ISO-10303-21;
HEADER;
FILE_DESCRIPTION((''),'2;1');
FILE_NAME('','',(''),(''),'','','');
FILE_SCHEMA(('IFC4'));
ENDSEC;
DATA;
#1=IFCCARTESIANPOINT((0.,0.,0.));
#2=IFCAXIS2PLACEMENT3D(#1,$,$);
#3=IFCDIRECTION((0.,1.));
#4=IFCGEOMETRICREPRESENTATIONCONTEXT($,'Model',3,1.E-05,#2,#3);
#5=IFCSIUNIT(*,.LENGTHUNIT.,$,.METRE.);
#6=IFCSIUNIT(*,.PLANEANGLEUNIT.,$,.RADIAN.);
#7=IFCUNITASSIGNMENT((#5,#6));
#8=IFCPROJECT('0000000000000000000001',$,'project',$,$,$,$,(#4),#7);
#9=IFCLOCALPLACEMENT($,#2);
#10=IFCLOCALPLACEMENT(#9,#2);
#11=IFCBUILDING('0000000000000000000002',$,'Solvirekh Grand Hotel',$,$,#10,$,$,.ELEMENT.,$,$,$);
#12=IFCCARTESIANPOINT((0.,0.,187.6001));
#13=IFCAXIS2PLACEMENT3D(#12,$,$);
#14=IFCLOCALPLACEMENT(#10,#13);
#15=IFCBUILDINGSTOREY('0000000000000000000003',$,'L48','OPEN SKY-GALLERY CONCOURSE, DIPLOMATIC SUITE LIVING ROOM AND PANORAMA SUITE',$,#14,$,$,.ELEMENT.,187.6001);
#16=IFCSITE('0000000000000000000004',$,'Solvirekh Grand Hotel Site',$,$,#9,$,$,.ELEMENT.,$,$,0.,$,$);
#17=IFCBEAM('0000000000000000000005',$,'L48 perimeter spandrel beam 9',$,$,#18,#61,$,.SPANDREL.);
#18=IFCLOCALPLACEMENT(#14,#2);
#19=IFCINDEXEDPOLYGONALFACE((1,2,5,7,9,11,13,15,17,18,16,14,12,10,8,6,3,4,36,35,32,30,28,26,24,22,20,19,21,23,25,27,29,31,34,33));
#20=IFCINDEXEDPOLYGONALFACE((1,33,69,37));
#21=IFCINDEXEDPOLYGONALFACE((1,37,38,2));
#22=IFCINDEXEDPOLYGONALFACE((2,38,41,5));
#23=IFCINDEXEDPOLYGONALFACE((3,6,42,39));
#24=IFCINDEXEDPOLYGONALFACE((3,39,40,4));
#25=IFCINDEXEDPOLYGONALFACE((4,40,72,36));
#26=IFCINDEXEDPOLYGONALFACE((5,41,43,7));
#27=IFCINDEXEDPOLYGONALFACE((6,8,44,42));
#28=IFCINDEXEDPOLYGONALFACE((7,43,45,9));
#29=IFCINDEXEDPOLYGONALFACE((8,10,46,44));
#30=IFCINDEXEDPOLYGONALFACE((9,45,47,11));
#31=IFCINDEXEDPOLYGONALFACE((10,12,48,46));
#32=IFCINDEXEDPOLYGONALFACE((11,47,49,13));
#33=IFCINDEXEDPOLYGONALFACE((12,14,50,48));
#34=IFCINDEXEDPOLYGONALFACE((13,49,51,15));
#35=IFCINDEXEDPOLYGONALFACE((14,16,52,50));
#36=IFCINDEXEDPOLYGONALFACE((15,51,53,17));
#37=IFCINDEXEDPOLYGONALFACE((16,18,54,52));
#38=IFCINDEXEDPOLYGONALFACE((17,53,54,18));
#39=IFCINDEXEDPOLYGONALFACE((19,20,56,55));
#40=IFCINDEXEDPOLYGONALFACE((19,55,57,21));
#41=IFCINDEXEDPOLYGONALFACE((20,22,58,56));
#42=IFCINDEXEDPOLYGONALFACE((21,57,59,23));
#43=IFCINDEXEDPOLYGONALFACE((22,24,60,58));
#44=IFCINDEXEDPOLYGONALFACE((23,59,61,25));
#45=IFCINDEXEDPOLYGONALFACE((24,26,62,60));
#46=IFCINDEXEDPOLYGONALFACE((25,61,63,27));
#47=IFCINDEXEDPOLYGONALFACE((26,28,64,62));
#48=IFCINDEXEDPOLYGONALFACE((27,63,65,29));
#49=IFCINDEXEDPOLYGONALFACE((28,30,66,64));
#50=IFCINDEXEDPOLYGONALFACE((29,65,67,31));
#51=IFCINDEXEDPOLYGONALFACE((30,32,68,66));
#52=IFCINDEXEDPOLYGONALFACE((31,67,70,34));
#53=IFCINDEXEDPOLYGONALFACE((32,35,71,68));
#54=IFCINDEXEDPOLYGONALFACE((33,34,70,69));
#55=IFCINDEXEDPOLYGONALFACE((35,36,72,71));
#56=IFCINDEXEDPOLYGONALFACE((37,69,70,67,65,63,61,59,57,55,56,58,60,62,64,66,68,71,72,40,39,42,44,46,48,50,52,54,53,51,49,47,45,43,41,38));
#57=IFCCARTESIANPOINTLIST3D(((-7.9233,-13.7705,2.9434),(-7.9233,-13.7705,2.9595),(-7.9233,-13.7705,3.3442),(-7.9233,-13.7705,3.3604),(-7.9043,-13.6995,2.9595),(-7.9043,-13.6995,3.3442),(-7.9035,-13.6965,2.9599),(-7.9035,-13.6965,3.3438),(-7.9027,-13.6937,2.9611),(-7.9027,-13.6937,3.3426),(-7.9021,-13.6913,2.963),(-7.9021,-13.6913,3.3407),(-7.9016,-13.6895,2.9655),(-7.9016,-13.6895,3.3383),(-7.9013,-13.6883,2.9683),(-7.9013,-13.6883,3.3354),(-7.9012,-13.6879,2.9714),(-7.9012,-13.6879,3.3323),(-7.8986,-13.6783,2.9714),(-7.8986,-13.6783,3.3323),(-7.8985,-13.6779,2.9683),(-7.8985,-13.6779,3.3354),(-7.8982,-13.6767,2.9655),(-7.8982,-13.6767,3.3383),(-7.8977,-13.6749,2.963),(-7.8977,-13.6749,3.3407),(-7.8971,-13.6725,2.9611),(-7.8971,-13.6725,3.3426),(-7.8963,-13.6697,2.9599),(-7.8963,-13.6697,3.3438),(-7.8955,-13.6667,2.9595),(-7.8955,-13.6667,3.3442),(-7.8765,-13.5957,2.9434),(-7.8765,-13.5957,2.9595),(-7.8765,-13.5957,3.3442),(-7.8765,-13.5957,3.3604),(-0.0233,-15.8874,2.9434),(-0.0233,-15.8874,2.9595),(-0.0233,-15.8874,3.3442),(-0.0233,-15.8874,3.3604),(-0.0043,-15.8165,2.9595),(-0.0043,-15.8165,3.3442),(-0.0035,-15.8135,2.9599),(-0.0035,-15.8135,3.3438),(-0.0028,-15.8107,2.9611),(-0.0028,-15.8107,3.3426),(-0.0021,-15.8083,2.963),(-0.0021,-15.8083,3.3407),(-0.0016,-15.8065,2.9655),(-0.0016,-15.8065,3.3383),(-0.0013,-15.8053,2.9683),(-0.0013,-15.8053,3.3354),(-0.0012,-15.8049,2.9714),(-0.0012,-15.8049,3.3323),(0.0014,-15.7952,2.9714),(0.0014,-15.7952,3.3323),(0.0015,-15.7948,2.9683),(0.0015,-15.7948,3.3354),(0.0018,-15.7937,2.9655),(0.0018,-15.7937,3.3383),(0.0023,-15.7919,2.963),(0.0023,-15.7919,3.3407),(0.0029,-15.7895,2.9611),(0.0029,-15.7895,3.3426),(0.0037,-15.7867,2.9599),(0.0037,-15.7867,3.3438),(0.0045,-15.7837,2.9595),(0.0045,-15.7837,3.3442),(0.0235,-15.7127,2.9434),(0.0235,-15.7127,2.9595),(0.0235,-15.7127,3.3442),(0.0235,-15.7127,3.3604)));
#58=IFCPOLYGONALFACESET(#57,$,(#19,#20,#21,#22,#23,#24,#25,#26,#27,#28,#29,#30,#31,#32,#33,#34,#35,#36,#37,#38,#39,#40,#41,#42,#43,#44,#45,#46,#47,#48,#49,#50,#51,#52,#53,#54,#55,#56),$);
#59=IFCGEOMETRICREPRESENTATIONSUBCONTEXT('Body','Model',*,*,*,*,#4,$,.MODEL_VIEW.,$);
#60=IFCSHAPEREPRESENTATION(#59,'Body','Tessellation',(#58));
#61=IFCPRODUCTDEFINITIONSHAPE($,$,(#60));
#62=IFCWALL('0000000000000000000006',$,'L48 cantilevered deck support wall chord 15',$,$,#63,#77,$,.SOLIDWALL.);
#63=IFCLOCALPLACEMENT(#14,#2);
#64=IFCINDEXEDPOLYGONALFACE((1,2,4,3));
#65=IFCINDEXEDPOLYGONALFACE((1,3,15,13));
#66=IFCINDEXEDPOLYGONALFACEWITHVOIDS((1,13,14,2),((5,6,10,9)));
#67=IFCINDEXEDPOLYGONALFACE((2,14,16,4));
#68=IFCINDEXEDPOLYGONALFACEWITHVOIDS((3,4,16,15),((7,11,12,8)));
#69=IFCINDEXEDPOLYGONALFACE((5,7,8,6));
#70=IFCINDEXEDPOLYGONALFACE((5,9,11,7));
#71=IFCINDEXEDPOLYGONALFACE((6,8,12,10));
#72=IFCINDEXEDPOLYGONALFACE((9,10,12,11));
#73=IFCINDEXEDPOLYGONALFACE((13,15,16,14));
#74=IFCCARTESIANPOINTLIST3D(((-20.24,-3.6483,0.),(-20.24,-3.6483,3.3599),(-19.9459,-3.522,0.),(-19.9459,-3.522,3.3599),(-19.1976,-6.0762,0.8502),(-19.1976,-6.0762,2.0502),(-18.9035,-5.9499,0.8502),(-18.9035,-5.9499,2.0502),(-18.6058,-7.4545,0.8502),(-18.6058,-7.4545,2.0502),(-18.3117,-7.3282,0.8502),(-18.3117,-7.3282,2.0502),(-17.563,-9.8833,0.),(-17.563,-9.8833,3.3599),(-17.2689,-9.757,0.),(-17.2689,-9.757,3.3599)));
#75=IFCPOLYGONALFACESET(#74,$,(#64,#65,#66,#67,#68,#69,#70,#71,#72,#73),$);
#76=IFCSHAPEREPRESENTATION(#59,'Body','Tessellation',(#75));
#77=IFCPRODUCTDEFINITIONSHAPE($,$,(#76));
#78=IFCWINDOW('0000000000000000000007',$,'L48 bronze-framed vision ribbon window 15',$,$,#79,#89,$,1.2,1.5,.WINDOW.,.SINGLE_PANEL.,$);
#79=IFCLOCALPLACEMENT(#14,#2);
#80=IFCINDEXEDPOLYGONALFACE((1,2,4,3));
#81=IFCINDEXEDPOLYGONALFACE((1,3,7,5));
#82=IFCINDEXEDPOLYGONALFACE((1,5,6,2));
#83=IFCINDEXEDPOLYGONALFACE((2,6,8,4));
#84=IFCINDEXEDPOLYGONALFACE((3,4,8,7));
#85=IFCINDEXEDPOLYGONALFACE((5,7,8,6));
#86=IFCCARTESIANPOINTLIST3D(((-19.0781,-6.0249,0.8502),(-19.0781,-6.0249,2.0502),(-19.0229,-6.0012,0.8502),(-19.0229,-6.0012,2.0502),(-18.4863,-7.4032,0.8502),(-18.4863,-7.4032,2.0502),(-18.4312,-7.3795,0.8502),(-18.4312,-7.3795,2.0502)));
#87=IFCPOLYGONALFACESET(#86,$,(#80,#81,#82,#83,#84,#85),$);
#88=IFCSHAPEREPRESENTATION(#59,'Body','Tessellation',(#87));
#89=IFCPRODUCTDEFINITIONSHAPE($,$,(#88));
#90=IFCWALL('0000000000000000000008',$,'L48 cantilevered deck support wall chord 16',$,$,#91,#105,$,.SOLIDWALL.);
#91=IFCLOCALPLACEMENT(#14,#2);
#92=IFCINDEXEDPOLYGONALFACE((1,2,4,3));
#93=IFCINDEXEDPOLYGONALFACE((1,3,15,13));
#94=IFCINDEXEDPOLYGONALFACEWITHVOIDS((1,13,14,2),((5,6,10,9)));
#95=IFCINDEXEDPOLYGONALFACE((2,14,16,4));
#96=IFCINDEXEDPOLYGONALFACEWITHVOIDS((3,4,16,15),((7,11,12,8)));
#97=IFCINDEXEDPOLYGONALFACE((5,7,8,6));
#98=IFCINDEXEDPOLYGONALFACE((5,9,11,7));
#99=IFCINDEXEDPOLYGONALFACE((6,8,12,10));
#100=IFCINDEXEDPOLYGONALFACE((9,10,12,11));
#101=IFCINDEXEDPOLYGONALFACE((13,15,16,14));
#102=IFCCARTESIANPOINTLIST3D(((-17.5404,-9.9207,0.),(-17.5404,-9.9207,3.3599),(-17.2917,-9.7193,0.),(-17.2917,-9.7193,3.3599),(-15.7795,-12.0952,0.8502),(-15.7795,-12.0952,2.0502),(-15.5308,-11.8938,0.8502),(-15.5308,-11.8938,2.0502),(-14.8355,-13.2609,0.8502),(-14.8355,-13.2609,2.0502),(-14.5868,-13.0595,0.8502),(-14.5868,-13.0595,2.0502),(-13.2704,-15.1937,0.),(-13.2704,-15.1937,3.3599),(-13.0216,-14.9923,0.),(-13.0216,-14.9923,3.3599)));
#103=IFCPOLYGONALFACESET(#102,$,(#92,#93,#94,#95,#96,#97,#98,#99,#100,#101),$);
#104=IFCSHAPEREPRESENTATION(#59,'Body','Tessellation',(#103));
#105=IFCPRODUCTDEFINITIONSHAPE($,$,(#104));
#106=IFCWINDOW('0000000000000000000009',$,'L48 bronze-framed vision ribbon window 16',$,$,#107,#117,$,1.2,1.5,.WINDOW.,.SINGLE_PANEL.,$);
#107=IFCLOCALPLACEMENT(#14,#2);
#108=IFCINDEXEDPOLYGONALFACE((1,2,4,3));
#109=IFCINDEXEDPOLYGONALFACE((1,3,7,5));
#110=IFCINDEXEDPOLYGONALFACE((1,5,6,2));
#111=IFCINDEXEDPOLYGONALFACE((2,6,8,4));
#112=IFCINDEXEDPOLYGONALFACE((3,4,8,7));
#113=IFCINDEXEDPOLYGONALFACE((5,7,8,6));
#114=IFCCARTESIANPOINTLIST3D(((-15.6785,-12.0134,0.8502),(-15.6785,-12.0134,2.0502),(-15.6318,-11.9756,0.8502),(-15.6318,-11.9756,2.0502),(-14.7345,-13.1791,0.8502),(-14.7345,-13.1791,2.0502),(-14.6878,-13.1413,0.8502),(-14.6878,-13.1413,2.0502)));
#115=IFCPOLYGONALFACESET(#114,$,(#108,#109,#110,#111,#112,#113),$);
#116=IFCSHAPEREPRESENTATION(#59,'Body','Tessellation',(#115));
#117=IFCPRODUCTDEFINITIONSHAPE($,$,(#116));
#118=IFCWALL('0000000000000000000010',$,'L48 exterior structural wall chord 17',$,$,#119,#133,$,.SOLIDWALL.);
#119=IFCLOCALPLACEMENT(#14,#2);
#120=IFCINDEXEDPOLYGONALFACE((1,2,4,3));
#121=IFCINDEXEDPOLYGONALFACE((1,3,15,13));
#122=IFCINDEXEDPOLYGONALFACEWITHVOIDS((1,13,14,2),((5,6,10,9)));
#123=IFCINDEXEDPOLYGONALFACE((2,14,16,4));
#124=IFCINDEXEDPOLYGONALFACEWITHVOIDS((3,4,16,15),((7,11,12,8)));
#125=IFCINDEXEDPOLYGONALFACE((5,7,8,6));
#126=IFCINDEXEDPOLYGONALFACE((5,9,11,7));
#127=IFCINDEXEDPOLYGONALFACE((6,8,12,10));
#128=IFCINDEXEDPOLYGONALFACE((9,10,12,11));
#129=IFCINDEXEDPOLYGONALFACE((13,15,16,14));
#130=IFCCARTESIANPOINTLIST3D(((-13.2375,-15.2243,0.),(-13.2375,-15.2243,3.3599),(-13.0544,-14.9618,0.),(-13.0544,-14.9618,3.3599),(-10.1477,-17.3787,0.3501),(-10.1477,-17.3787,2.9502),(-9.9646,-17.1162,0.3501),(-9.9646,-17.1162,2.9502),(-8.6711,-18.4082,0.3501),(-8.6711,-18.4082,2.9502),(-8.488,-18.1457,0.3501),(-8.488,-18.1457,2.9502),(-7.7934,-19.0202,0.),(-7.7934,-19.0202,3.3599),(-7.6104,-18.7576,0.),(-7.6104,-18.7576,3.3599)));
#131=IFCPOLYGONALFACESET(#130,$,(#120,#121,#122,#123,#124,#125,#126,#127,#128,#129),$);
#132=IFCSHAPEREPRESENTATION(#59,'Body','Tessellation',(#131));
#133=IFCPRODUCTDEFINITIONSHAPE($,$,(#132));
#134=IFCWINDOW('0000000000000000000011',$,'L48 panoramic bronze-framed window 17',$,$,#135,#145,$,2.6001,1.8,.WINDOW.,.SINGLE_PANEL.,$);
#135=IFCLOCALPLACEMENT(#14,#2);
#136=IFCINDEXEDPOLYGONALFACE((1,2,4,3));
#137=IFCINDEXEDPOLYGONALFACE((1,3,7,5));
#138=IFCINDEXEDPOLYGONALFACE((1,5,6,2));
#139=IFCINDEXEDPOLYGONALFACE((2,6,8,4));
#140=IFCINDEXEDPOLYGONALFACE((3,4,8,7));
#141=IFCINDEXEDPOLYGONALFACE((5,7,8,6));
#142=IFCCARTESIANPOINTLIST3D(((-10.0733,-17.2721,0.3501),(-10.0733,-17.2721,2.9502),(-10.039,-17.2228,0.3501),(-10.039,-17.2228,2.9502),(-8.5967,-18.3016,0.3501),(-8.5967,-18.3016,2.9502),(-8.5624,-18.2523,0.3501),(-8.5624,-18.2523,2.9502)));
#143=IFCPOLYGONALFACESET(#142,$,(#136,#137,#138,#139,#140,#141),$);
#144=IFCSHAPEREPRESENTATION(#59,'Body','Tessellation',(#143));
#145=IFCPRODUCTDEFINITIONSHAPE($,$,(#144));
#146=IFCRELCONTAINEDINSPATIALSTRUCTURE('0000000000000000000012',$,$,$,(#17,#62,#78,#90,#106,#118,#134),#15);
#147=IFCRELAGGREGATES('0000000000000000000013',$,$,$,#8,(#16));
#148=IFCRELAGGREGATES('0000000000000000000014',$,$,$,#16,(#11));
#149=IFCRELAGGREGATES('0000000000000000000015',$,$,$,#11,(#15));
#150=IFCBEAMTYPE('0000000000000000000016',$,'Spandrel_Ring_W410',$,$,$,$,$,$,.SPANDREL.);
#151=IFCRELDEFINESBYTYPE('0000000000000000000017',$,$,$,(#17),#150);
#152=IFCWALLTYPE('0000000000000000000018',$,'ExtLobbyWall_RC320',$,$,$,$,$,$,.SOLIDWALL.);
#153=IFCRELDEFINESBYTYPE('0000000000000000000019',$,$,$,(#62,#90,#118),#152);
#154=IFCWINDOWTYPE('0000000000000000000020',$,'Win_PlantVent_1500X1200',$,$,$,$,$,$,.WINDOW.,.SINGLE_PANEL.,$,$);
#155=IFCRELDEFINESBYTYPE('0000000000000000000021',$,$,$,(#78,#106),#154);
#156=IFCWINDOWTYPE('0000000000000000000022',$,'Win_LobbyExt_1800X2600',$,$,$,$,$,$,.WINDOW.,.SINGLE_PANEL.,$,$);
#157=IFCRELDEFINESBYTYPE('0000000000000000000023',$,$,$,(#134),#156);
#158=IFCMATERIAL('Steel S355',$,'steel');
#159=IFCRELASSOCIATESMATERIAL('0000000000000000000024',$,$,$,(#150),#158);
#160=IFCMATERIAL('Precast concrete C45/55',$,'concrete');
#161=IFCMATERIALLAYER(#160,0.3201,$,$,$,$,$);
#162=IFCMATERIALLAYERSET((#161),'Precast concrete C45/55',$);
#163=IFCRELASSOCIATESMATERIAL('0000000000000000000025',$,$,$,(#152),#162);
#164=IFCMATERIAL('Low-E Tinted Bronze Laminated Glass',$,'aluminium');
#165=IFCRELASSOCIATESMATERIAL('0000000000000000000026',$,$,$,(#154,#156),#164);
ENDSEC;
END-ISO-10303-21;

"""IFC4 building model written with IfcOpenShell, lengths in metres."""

from ifc_helpers import new_model, si_unit, direction, frame, frame_2d, origin, origin_2d, place, context, subcontext, project, spatial, rectangle, i_section, extrude, material, layer, layer_set, material_profile, profile_set, type_object, element, fill, save


model = new_model("IFC4")

# Units and contexts
model_context = context("Model", 3, precision=1e-05, world=origin(), true_north=direction((0.0, 1.0)))
body_context = subcontext(model_context, "Body", "Model", "MODEL_VIEW")
ifc_project = project(units=[si_unit("LENGTHUNIT", "METRE"), si_unit("PLANEANGLEUNIT", "RADIAN")], contexts=[model_context])

# Site, building, storey
site_placement = place(None, origin())
site = spatial("IfcSite", under=ifc_project, at=site_placement, Name="Solvirekh Grand Hotel Site", CompositionType="ELEMENT", RefElevation=0.0)
building_placement = place(site_placement, origin())
building = spatial("IfcBuilding", under=site, at=building_placement, Name="Solvirekh Grand Hotel", CompositionType="ELEMENT")
storey_placement = place(building_placement, frame((0.0, 0.0, 187.6001)))
storey = spatial("IfcBuildingStorey", under=building, at=storey_placement, Name="L48", Description="OPEN SKY-GALLERY CONCOURSE, DIPLOMATIC SUITE LIVING ROOM AND PANORAMA SUITE", CompositionType="ELEMENT", Elevation=187.6001)

# Beam
ifc_material_1 = material(Name="Steel S355", Category="steel")
ifc_material_profile_1 = material_profile(ifc_material_1, i_section(OverallWidth=0.1809, OverallDepth=0.417, WebThickness=0.01, FlangeThickness=0.0161, FilletRadius=0.012, at=origin_2d()), Name="W410X85")
ifc_profile_set_1 = profile_set([ifc_material_profile_1], Name="Steel S355")
beam_type_1 = type_object("IfcBeamType", Name="Spandrel_Ring_W410", PredefinedType="SPANDREL", material=ifc_profile_set_1)
for number, where, z_axis, x_axis, name in (
    (1, (-7.8999, -13.6831, 3.1519), (0.965921, -0.258839, 0.0), (0.258839, 0.965921, 0.0), "L48 perimeter spandrel beam 9"),
):
    element("IfcBeam", number, at=place(storey_placement, frame(where, z_axis=z_axis, x_axis=x_axis)), inside=storey, type_object=beam_type_1, Name=name, PredefinedType="SPANDREL", context=body_context, shape_type="SweptSolid", body=[
        extrude(i_section(OverallWidth=0.1809, OverallDepth=0.417, WebThickness=0.01, FlangeThickness=0.0161, FilletRadius=0.012, at=origin_2d()), origin(), (0.0, 0.0, 1.0), 8.1787),
    ])

# Walls, openings, windows
ifc_material_2 = material(Name="Precast concrete C45/55", Category="concrete")
ifc_layer_1 = layer(ifc_material_2, 0.3201)
ifc_layer_set_1 = layer_set([ifc_layer_1], Name="Precast concrete C45/55")
wall_type_1 = type_object("IfcWallType", Name="ExtLobbyWall_RC320", PredefinedType="SOLIDWALL", material=ifc_layer_set_1)
wall_1_placement = place(storey_placement, frame((-17.416, -9.8201, 0.0), z_axis=(0.0, 0.0, 1.0), x_axis=(-0.394518, 0.918888, 0.0)))
wall_1 = element("IfcWall", 2, at=wall_1_placement, inside=storey, type_object=wall_type_1, Name="L48 cantilevered deck support wall chord 15", PredefinedType="SOLIDWALL", context=body_context, shape_type="SweptSolid", body=[
    extrude(rectangle(XDim=6.7854, YDim=0.3201, at=frame_2d((3.3926, 0.0))), origin(), (0.0, 0.0, 1.0), 3.3599),
])
opening_1_placement = place(wall_1_placement, frame((2.6431, 0.0, 0.8501)))
opening_1 = element("IfcOpeningElement", 3, at=opening_1_placement, cuts=wall_1, PredefinedType="OPENING", context=body_context, shape_type="SweptSolid", body=[
    extrude(rectangle(XDim=1.5, YDim=1.2, at=frame_2d((0.75, 0.6001))), frame((0.0, 0.1699, 0.0), z_axis=(0.0, -1.0, 0.0), x_axis=(1.0, 0.0, 0.0)), (0.0, 0.0, 1.0), 0.3401),
])
ifc_material_3 = material(Name="Low-E Tinted Bronze Laminated Glass", Category="aluminium")
window_type_1 = type_object("IfcWindowType", Name="Win_PlantVent_1500X1200", PartitioningType="SINGLE_PANEL", PredefinedType="WINDOW", material=ifc_material_3)
window_1_placement = place(opening_1_placement, origin())
window_1 = element("IfcWindow", 4, at=window_1_placement, inside=storey, type_object=window_type_1, Name="L48 bronze-framed vision ribbon window 15", OverallHeight=1.2, OverallWidth=1.5, PartitioningType="SINGLE_PANEL", PredefinedType="WINDOW", context=body_context, shape_type="SweptSolid", body=[
    extrude(rectangle(XDim=1.5, YDim=1.2, at=frame_2d((0.75, 0.6001))), frame((0.0, 0.03, 0.0), z_axis=(0.0, -1.0, 0.0), x_axis=(1.0, 0.0, 0.0)), (0.0, 0.0, 1.0), 0.0601),
])
fill(opening_1, window_1)
wall_2_placement = place(storey_placement, frame((-13.146, -15.093, 0.0), z_axis=(0.0, 0.0, 1.0), x_axis=(-0.629327, 0.777141, 0.0)))
wall_2 = element("IfcWall", 5, at=wall_2_placement, inside=storey, type_object=wall_type_1, Name="L48 cantilevered deck support wall chord 16", PredefinedType="SOLIDWALL", context=body_context, shape_type="SweptSolid", body=[
    extrude(rectangle(XDim=6.7852, YDim=0.3201, at=frame_2d((3.3926, 0.0))), origin(), (0.0, 0.0, 1.0), 3.3599),
])
opening_2_placement = place(wall_2_placement, frame((2.4871, 0.0, 0.8501)))
opening_2 = element("IfcOpeningElement", 6, at=opening_2_placement, cuts=wall_2, PredefinedType="OPENING", context=body_context, shape_type="SweptSolid", body=[
    extrude(rectangle(XDim=1.5, YDim=1.2, at=frame_2d((0.75, 0.6001))), frame((0.0, 0.1699, 0.0), z_axis=(0.0, -1.0, 0.0), x_axis=(1.0, 0.0, 0.0)), (0.0, 0.0, 1.0), 0.3401),
])
window_2_placement = place(opening_2_placement, origin())
window_2 = element("IfcWindow", 7, at=window_2_placement, inside=storey, type_object=window_type_1, Name="L48 bronze-framed vision ribbon window 16", OverallHeight=1.2, OverallWidth=1.5, PartitioningType="SINGLE_PANEL", PredefinedType="WINDOW", context=body_context, shape_type="SweptSolid", body=[
    extrude(rectangle(XDim=1.5, YDim=1.2, at=frame_2d((0.75, 0.6001))), frame((0.0, 0.03, 0.0), z_axis=(0.0, -1.0, 0.0), x_axis=(1.0, 0.0, 0.0)), (0.0, 0.0, 1.0), 0.0601),
])
fill(opening_2, window_2)
wall_3_placement = place(storey_placement, frame((-7.7019, -18.8889, 0.0), z_axis=(0.0, 0.0, 1.0), x_axis=(-0.82029, 0.571948, 0.0)))
wall_3 = element("IfcWall", 8, at=wall_3_placement, inside=storey, type_object=wall_type_1, Name="L48 exterior structural wall chord 17", PredefinedType="SOLIDWALL", context=body_context, shape_type="SweptSolid", body=[
    extrude(rectangle(XDim=6.6367, YDim=0.3201, at=frame_2d((3.3184, 0.0))), origin(), (0.0, 0.0, 1.0), 3.3599),
])
opening_3_placement = place(wall_3_placement, frame((1.0701, 0.0, 0.3501)))
opening_3 = element("IfcOpeningElement", 9, at=opening_3_placement, cuts=wall_3, PredefinedType="OPENING", context=body_context, shape_type="SweptSolid", body=[
    extrude(rectangle(XDim=1.8, YDim=2.6001, at=frame_2d((0.8999, 1.3))), frame((0.0, 0.1699, 0.0), z_axis=(0.0, -1.0, 0.0), x_axis=(1.0, 0.0, 0.0)), (0.0, 0.0, 1.0), 0.3401),
])
window_type_2 = type_object("IfcWindowType", Name="Win_LobbyExt_1800X2600", PartitioningType="SINGLE_PANEL", PredefinedType="WINDOW", material=ifc_material_3)
window_3_placement = place(opening_3_placement, origin())
window_3 = element("IfcWindow", 10, at=window_3_placement, inside=storey, type_object=window_type_2, Name="L48 panoramic bronze-framed window 17", OverallHeight=2.6001, OverallWidth=1.8, PartitioningType="SINGLE_PANEL", PredefinedType="WINDOW", context=body_context, shape_type="SweptSolid", body=[
    extrude(rectangle(XDim=1.8, YDim=2.6001, at=frame_2d((0.8999, 1.3))), frame((0.0, 0.03, 0.0), z_axis=(0.0, -1.0, 0.0), x_axis=(1.0, 0.0, 0.0)), (0.0, 0.0, 1.0), 0.0601),
])
fill(opening_3, window_3)

save(model, "model.ifc")
